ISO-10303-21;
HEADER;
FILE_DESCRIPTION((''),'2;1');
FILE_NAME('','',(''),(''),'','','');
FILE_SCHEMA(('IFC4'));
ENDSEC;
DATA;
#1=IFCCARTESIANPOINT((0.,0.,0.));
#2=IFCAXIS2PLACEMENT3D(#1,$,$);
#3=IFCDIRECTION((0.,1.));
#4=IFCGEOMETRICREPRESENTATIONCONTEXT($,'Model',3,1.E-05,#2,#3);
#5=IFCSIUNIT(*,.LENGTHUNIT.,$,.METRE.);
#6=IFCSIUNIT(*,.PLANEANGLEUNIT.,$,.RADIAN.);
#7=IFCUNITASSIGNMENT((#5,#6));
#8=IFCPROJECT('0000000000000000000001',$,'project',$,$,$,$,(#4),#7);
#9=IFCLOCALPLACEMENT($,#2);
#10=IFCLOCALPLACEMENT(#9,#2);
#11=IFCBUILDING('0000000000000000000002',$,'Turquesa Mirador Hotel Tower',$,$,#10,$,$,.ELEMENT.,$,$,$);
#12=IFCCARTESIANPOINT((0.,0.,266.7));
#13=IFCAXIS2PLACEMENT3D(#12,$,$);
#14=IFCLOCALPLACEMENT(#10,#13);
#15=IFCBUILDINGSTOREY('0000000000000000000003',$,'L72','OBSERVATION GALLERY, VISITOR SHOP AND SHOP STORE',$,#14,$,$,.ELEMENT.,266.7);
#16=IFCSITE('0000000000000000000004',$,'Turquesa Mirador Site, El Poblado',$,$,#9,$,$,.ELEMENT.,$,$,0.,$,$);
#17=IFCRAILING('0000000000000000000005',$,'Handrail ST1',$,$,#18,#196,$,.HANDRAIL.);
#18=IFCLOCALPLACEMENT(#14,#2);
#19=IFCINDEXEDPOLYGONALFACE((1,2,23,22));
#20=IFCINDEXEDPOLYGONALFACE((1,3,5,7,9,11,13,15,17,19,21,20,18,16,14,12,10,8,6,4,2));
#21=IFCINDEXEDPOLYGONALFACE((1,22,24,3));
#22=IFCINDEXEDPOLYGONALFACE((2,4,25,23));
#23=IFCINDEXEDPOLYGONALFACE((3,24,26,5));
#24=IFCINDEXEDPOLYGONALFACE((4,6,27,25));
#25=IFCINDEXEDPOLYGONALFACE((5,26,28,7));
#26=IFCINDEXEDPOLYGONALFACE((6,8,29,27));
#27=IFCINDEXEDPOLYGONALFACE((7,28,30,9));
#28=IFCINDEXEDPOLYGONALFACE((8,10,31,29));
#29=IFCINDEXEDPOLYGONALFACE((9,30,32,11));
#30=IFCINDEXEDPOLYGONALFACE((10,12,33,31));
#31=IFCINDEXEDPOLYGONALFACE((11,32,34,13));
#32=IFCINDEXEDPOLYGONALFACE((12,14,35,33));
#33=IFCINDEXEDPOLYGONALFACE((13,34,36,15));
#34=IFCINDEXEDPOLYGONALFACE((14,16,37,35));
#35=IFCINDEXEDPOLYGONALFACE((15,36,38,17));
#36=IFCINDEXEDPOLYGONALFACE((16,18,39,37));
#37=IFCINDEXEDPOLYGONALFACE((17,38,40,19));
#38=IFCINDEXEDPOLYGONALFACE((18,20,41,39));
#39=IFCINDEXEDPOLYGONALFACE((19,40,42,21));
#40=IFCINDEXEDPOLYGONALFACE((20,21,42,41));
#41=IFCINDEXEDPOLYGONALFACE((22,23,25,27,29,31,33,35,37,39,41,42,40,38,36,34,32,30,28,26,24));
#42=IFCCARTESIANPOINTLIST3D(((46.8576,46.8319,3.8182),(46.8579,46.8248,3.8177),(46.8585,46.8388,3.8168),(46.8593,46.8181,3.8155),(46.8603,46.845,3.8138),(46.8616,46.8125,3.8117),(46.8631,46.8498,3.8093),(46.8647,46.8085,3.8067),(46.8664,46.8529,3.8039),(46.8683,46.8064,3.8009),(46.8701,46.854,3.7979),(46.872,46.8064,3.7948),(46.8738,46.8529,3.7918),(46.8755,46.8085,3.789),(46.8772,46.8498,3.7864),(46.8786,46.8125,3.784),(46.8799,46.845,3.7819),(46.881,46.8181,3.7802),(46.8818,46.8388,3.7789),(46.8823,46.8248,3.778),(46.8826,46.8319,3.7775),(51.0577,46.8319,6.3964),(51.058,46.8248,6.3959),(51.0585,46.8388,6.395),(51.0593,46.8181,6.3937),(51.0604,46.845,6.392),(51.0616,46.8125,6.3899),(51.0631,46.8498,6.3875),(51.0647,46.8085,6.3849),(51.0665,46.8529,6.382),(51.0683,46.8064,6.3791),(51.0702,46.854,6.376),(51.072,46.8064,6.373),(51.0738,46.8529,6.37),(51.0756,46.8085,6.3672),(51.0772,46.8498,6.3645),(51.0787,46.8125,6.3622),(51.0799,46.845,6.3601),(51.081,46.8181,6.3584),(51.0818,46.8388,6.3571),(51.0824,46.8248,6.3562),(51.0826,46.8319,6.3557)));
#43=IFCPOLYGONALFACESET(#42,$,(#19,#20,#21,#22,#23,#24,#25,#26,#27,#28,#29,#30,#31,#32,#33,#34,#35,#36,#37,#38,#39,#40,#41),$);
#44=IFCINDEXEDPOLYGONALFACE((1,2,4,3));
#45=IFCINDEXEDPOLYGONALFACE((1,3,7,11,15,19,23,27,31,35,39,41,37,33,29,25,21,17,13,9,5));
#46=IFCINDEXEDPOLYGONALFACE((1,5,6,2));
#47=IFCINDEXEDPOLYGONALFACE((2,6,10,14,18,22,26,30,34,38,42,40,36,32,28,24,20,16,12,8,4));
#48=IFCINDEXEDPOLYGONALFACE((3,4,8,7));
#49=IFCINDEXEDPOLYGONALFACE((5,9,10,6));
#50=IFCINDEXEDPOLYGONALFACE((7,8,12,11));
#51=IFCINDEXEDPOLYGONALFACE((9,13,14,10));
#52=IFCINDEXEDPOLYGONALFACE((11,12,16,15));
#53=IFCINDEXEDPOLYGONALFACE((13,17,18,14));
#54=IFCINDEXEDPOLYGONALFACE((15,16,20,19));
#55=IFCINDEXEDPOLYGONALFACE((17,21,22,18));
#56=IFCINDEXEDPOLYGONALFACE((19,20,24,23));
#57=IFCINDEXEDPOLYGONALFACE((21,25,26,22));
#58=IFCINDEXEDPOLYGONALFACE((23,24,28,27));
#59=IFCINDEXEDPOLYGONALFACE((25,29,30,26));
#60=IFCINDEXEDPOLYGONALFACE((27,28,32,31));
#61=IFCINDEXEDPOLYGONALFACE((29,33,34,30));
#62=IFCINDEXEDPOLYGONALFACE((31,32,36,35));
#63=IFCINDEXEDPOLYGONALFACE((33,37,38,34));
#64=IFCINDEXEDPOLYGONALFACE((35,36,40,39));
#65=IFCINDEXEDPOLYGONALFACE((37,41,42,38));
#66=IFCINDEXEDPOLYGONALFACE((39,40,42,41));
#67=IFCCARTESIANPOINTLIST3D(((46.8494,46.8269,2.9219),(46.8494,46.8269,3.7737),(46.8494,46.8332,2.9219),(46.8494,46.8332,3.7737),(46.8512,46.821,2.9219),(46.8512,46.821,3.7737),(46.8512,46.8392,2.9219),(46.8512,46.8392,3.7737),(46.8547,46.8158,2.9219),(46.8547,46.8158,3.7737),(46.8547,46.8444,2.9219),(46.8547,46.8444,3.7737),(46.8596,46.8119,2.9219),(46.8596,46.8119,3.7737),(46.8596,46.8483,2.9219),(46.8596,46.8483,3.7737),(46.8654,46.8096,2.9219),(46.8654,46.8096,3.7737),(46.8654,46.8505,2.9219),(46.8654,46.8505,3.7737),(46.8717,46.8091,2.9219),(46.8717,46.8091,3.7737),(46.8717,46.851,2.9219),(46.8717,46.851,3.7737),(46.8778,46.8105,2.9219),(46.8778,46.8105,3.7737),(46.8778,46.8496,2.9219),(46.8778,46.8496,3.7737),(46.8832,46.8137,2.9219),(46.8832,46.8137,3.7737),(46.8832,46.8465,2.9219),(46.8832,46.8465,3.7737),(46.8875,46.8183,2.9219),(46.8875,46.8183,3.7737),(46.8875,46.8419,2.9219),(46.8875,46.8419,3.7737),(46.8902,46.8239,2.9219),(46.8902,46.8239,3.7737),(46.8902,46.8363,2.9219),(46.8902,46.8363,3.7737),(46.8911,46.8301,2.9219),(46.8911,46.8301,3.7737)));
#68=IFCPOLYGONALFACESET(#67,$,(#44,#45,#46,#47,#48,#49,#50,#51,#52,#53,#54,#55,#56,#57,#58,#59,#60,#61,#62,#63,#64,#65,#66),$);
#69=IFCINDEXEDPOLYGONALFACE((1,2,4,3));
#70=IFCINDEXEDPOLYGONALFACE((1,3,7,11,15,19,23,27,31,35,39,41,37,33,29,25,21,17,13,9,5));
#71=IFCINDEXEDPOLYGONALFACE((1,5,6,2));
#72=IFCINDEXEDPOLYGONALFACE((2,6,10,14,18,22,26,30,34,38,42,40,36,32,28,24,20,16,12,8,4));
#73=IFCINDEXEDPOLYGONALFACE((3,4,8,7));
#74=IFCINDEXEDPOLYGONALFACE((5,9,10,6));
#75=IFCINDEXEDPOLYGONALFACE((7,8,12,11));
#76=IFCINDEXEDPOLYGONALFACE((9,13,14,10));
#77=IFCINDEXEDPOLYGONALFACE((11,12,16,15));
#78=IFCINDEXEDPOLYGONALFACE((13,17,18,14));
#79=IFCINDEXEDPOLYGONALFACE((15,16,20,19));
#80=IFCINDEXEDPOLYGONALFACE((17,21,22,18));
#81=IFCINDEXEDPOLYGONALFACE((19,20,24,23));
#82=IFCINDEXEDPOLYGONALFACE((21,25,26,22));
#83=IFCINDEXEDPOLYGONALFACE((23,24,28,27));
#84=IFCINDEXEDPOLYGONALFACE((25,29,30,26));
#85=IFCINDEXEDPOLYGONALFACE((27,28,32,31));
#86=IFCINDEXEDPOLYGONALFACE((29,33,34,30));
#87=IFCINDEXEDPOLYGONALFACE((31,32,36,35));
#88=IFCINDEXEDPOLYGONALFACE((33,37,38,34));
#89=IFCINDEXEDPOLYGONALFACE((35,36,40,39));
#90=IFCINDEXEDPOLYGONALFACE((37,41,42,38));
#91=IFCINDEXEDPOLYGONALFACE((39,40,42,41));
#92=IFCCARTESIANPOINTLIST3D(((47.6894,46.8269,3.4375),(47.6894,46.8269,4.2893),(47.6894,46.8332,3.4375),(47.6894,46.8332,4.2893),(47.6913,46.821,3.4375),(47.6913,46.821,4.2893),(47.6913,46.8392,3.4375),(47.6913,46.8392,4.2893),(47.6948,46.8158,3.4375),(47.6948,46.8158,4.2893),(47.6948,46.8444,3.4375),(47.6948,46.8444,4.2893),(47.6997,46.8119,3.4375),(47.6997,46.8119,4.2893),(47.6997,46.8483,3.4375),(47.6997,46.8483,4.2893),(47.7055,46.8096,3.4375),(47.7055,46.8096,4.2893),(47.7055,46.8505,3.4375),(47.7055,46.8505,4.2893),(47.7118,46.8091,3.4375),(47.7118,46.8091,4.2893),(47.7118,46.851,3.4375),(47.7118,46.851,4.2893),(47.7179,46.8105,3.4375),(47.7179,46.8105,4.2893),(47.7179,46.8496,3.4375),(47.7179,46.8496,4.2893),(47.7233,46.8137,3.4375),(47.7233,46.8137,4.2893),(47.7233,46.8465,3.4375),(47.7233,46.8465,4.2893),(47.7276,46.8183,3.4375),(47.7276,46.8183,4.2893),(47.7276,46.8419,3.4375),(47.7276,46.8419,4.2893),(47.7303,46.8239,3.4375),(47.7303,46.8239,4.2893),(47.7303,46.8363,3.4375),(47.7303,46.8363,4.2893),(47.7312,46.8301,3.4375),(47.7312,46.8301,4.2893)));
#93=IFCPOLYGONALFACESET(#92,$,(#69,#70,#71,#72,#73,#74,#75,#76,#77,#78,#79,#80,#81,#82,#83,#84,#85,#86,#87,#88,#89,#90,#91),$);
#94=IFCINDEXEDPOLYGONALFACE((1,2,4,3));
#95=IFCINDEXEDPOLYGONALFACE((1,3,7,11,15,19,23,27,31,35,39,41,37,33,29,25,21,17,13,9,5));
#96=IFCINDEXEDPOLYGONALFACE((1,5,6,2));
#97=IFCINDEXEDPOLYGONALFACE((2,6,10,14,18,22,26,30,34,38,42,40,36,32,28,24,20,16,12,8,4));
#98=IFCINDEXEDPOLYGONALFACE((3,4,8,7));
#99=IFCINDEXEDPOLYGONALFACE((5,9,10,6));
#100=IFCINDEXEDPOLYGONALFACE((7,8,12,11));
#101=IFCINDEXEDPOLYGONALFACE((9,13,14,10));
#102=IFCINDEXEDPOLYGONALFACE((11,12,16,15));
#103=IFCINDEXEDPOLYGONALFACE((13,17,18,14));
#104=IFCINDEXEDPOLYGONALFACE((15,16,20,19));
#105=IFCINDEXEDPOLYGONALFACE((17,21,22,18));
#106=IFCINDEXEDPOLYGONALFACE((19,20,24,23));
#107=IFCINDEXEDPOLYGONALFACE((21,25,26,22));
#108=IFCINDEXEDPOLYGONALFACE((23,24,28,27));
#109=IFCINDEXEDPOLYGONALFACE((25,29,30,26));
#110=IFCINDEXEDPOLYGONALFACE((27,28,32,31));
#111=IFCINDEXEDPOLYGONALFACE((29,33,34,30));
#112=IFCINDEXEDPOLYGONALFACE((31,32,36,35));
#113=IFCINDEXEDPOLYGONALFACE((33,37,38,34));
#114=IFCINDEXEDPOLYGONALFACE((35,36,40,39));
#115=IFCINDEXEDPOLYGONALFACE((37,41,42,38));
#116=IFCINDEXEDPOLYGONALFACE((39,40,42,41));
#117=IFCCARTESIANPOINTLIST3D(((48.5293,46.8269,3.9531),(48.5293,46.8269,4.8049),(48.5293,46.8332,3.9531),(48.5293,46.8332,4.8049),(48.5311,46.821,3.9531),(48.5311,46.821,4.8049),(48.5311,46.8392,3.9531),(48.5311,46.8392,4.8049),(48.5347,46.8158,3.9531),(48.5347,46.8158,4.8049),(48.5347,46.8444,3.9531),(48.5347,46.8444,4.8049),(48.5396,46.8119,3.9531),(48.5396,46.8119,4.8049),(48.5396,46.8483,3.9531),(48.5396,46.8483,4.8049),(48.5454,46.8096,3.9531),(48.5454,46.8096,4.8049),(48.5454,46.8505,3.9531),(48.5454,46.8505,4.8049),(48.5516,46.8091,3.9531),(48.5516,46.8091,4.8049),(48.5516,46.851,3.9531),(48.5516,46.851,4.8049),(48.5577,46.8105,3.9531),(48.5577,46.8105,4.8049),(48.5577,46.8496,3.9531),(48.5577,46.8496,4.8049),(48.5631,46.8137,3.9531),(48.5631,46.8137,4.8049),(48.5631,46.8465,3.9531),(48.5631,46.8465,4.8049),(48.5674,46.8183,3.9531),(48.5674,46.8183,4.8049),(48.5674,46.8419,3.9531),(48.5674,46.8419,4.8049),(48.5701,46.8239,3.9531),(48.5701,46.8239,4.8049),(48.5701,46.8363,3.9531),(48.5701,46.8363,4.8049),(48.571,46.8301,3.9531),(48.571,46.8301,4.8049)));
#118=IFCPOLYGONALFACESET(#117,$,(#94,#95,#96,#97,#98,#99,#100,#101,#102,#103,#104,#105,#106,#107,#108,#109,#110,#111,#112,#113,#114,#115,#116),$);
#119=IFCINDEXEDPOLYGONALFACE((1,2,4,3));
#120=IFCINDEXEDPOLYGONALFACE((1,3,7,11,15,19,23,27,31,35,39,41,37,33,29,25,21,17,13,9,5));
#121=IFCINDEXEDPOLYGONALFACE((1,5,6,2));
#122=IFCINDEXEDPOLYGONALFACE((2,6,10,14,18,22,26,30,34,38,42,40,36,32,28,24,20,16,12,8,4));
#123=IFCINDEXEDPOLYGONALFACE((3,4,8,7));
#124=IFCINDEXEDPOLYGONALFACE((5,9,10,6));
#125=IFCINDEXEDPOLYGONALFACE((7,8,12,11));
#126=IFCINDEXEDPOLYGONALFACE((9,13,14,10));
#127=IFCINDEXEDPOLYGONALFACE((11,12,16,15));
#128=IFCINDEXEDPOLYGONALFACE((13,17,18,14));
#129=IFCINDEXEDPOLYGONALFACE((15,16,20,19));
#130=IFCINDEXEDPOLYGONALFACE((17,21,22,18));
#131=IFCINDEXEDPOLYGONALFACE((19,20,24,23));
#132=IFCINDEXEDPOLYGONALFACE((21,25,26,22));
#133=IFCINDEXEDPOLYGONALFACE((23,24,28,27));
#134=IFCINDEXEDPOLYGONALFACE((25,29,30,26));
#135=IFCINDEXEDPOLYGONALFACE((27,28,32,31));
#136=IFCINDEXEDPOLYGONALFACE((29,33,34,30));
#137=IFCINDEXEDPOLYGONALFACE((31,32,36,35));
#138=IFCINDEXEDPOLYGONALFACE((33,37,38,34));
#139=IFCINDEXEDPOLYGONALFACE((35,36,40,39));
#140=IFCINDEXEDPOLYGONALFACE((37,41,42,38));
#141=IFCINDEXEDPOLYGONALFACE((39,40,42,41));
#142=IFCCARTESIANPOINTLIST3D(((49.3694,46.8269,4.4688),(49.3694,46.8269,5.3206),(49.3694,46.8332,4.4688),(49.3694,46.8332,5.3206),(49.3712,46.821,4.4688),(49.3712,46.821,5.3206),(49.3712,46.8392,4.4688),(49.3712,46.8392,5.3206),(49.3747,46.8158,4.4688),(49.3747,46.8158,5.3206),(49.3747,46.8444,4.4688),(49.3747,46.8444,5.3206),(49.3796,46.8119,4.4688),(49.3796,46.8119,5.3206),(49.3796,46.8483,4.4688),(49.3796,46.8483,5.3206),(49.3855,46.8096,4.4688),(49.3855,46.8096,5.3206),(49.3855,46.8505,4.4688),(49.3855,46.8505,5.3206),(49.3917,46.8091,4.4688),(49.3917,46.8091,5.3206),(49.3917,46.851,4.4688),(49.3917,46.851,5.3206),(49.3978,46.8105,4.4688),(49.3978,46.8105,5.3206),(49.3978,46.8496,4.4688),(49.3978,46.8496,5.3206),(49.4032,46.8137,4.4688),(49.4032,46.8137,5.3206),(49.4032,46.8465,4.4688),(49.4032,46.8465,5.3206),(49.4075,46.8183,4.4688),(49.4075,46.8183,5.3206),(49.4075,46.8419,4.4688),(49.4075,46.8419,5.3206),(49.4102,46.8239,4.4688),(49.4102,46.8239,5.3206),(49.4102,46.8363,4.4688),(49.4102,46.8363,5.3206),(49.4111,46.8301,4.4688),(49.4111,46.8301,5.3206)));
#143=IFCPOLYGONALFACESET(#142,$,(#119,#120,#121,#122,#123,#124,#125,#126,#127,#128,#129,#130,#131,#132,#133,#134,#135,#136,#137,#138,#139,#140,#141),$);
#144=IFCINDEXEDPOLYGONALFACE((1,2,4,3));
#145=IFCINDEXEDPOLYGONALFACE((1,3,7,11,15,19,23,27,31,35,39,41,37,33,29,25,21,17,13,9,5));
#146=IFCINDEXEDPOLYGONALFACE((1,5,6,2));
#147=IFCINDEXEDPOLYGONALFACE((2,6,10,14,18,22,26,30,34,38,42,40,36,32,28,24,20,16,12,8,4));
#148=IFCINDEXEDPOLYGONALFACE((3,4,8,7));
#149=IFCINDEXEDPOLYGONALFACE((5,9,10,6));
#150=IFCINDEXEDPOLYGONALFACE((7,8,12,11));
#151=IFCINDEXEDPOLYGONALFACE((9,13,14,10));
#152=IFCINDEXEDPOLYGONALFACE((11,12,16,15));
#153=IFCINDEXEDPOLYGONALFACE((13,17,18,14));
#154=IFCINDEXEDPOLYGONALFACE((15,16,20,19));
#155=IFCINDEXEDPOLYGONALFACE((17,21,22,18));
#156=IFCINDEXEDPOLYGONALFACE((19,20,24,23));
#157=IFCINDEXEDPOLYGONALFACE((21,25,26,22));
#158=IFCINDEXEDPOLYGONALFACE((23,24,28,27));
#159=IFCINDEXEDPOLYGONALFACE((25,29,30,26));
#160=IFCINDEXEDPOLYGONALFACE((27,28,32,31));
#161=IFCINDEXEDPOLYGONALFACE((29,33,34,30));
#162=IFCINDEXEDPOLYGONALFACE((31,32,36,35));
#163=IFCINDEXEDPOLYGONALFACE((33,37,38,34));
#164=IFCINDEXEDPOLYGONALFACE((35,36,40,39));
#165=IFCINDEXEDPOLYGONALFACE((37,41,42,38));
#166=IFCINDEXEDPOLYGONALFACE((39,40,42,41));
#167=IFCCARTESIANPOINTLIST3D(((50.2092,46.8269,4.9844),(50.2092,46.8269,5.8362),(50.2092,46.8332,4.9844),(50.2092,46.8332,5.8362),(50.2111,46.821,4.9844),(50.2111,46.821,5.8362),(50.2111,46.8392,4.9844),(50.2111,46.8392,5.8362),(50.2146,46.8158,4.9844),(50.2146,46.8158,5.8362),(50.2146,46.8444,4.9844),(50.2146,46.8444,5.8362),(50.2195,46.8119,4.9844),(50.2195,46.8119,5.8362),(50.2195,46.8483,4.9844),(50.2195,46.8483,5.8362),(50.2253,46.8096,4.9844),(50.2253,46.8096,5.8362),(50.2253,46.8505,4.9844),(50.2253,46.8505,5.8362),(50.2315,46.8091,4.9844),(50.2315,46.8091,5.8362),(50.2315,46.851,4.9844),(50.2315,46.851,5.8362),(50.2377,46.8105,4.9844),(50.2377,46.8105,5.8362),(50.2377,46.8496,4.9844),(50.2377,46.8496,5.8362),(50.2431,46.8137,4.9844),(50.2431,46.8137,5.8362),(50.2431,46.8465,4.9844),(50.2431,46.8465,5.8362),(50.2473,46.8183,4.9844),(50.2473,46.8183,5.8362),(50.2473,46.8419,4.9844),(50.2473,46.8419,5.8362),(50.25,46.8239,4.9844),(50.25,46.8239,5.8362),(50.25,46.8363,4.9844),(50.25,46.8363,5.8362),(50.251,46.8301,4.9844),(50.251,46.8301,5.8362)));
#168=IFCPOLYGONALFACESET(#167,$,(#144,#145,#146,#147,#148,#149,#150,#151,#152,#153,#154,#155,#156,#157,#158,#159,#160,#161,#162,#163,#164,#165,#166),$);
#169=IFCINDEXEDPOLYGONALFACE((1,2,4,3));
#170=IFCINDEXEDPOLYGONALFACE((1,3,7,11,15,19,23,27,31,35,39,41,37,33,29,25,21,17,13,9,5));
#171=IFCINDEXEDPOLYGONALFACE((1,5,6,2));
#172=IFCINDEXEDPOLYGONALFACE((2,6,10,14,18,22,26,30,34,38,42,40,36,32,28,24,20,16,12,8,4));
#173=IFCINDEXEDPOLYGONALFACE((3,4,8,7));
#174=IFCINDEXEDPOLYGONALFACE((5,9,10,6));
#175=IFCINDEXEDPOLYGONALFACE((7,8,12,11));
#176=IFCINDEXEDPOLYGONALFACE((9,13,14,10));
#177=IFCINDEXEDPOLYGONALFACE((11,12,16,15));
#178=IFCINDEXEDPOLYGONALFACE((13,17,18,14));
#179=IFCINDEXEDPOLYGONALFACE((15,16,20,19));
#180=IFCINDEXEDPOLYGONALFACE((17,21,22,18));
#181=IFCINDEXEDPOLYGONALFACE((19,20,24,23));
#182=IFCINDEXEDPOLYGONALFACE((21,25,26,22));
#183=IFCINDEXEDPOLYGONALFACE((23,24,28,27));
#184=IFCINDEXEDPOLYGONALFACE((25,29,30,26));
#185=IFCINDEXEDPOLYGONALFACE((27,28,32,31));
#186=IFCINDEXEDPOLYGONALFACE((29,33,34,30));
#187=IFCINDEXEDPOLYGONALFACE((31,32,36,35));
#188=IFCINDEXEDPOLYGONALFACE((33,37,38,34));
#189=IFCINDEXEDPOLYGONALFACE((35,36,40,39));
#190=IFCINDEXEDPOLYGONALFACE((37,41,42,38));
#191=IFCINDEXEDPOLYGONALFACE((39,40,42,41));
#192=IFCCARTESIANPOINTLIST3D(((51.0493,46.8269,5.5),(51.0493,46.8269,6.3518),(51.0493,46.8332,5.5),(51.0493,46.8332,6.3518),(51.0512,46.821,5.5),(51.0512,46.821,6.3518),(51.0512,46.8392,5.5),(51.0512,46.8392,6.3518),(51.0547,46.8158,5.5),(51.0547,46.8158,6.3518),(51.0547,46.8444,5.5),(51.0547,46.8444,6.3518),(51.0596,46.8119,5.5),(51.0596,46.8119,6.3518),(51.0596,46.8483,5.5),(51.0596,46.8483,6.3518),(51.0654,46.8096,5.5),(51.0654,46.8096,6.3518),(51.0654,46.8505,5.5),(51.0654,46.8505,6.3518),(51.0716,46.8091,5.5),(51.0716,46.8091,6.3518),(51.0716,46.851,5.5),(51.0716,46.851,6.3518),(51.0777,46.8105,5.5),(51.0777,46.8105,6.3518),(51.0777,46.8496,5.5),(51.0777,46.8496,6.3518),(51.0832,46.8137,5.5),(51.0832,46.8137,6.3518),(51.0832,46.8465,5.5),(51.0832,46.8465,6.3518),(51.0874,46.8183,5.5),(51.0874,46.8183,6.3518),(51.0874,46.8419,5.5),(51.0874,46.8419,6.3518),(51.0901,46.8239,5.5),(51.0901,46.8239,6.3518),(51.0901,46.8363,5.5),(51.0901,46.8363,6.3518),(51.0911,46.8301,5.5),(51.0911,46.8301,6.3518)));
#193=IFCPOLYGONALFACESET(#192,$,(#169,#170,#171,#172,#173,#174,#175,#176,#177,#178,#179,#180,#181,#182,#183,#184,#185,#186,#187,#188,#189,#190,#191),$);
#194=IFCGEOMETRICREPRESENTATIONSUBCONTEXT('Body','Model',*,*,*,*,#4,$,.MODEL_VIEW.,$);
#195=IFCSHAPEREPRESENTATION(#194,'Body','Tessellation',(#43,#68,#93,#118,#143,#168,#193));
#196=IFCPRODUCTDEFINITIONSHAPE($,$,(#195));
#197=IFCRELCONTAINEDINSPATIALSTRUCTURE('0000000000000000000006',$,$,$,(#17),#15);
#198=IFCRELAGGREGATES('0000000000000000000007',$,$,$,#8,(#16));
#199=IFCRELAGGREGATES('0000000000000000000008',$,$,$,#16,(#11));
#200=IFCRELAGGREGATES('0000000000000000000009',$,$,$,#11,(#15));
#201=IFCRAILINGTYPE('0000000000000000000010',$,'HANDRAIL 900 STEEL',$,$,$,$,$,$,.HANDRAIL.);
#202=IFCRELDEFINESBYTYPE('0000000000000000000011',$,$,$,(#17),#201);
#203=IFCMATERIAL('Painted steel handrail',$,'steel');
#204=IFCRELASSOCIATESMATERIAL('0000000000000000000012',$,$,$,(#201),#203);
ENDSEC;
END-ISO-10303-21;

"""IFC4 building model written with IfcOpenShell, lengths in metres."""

from ifc_helpers import new_model, si_unit, direction, frame, origin, origin_2d, place, context, subcontext, project, spatial, circle, extrude, material, type_object, element, save


model = new_model("IFC4")

# Units and contexts
model_context = context("Model", 3, precision=1e-05, world=origin(), true_north=direction((0.0, 1.0)))
body_context = subcontext(model_context, "Body", "Model", "MODEL_VIEW")
ifc_project = project(units=[si_unit("LENGTHUNIT", "METRE"), si_unit("PLANEANGLEUNIT", "RADIAN")], contexts=[model_context])

# Site, building, storey
site_placement = place(None, origin())
site = spatial("IfcSite", under=ifc_project, at=site_placement, Name="Turquesa Mirador Site, El Poblado", CompositionType="ELEMENT", RefElevation=0.0)
building_placement = place(site_placement, origin())
building = spatial("IfcBuilding", under=site, at=building_placement, Name="Turquesa Mirador Hotel Tower", CompositionType="ELEMENT")
storey_placement = place(building_placement, frame((0.0, 0.0, 266.7)))
storey = spatial("IfcBuildingStorey", under=building, at=storey_placement, Name="L72", Description="OBSERVATION GALLERY, VISITOR SHOP AND SHOP STORE", CompositionType="ELEMENT", Elevation=266.7)

# Railing
ifc_material_1 = material(Name="Painted steel handrail", Category="steel")
railing_type = type_object("IfcRailingType", Name="HANDRAIL 900 STEEL", PredefinedType="HANDRAIL", material=ifc_material_1)
railing_1_placement = place(storey_placement, frame((46.8701, 46.8301, 2.9219)))
element("IfcRailing", 1, at=railing_1_placement, inside=storey, type_object=railing_type, Name="Handrail ST1", PredefinedType="HANDRAIL", context=body_context, shape_type="SweptSolid", body=[
    extrude(circle(Radius=0.0239, at=origin_2d()), frame((0.0, 0.0, 0.876), z_axis=(0.852243, 0.0, 0.523146), x_axis=(0.0, 1.0, 0.0)), (0.0, 0.0, 1.0), 4.9282),
    extrude(circle(Radius=0.021, at=origin_2d()), origin(), (0.0, 0.0, 1.0), 0.8518),
    extrude(circle(Radius=0.021, at=origin_2d()), frame((0.8401, 0.0, 0.5156)), (0.0, 0.0, 1.0), 0.8518),
    extrude(circle(Radius=0.021, at=origin_2d()), frame((1.6799, 0.0, 1.0312)), (0.0, 0.0, 1.0), 0.8518),
    extrude(circle(Radius=0.021, at=origin_2d()), frame((2.52, 0.0, 1.5469)), (0.0, 0.0, 1.0), 0.8518),
    extrude(circle(Radius=0.021, at=origin_2d()), frame((3.3599, 0.0, 2.0625)), (0.0, 0.0, 1.0), 0.8518),
    extrude(circle(Radius=0.021, at=origin_2d()), frame((4.2, 0.0, 2.5781)), (0.0, 0.0, 1.0), 0.8518),
])

save(model, "model.ifc")
